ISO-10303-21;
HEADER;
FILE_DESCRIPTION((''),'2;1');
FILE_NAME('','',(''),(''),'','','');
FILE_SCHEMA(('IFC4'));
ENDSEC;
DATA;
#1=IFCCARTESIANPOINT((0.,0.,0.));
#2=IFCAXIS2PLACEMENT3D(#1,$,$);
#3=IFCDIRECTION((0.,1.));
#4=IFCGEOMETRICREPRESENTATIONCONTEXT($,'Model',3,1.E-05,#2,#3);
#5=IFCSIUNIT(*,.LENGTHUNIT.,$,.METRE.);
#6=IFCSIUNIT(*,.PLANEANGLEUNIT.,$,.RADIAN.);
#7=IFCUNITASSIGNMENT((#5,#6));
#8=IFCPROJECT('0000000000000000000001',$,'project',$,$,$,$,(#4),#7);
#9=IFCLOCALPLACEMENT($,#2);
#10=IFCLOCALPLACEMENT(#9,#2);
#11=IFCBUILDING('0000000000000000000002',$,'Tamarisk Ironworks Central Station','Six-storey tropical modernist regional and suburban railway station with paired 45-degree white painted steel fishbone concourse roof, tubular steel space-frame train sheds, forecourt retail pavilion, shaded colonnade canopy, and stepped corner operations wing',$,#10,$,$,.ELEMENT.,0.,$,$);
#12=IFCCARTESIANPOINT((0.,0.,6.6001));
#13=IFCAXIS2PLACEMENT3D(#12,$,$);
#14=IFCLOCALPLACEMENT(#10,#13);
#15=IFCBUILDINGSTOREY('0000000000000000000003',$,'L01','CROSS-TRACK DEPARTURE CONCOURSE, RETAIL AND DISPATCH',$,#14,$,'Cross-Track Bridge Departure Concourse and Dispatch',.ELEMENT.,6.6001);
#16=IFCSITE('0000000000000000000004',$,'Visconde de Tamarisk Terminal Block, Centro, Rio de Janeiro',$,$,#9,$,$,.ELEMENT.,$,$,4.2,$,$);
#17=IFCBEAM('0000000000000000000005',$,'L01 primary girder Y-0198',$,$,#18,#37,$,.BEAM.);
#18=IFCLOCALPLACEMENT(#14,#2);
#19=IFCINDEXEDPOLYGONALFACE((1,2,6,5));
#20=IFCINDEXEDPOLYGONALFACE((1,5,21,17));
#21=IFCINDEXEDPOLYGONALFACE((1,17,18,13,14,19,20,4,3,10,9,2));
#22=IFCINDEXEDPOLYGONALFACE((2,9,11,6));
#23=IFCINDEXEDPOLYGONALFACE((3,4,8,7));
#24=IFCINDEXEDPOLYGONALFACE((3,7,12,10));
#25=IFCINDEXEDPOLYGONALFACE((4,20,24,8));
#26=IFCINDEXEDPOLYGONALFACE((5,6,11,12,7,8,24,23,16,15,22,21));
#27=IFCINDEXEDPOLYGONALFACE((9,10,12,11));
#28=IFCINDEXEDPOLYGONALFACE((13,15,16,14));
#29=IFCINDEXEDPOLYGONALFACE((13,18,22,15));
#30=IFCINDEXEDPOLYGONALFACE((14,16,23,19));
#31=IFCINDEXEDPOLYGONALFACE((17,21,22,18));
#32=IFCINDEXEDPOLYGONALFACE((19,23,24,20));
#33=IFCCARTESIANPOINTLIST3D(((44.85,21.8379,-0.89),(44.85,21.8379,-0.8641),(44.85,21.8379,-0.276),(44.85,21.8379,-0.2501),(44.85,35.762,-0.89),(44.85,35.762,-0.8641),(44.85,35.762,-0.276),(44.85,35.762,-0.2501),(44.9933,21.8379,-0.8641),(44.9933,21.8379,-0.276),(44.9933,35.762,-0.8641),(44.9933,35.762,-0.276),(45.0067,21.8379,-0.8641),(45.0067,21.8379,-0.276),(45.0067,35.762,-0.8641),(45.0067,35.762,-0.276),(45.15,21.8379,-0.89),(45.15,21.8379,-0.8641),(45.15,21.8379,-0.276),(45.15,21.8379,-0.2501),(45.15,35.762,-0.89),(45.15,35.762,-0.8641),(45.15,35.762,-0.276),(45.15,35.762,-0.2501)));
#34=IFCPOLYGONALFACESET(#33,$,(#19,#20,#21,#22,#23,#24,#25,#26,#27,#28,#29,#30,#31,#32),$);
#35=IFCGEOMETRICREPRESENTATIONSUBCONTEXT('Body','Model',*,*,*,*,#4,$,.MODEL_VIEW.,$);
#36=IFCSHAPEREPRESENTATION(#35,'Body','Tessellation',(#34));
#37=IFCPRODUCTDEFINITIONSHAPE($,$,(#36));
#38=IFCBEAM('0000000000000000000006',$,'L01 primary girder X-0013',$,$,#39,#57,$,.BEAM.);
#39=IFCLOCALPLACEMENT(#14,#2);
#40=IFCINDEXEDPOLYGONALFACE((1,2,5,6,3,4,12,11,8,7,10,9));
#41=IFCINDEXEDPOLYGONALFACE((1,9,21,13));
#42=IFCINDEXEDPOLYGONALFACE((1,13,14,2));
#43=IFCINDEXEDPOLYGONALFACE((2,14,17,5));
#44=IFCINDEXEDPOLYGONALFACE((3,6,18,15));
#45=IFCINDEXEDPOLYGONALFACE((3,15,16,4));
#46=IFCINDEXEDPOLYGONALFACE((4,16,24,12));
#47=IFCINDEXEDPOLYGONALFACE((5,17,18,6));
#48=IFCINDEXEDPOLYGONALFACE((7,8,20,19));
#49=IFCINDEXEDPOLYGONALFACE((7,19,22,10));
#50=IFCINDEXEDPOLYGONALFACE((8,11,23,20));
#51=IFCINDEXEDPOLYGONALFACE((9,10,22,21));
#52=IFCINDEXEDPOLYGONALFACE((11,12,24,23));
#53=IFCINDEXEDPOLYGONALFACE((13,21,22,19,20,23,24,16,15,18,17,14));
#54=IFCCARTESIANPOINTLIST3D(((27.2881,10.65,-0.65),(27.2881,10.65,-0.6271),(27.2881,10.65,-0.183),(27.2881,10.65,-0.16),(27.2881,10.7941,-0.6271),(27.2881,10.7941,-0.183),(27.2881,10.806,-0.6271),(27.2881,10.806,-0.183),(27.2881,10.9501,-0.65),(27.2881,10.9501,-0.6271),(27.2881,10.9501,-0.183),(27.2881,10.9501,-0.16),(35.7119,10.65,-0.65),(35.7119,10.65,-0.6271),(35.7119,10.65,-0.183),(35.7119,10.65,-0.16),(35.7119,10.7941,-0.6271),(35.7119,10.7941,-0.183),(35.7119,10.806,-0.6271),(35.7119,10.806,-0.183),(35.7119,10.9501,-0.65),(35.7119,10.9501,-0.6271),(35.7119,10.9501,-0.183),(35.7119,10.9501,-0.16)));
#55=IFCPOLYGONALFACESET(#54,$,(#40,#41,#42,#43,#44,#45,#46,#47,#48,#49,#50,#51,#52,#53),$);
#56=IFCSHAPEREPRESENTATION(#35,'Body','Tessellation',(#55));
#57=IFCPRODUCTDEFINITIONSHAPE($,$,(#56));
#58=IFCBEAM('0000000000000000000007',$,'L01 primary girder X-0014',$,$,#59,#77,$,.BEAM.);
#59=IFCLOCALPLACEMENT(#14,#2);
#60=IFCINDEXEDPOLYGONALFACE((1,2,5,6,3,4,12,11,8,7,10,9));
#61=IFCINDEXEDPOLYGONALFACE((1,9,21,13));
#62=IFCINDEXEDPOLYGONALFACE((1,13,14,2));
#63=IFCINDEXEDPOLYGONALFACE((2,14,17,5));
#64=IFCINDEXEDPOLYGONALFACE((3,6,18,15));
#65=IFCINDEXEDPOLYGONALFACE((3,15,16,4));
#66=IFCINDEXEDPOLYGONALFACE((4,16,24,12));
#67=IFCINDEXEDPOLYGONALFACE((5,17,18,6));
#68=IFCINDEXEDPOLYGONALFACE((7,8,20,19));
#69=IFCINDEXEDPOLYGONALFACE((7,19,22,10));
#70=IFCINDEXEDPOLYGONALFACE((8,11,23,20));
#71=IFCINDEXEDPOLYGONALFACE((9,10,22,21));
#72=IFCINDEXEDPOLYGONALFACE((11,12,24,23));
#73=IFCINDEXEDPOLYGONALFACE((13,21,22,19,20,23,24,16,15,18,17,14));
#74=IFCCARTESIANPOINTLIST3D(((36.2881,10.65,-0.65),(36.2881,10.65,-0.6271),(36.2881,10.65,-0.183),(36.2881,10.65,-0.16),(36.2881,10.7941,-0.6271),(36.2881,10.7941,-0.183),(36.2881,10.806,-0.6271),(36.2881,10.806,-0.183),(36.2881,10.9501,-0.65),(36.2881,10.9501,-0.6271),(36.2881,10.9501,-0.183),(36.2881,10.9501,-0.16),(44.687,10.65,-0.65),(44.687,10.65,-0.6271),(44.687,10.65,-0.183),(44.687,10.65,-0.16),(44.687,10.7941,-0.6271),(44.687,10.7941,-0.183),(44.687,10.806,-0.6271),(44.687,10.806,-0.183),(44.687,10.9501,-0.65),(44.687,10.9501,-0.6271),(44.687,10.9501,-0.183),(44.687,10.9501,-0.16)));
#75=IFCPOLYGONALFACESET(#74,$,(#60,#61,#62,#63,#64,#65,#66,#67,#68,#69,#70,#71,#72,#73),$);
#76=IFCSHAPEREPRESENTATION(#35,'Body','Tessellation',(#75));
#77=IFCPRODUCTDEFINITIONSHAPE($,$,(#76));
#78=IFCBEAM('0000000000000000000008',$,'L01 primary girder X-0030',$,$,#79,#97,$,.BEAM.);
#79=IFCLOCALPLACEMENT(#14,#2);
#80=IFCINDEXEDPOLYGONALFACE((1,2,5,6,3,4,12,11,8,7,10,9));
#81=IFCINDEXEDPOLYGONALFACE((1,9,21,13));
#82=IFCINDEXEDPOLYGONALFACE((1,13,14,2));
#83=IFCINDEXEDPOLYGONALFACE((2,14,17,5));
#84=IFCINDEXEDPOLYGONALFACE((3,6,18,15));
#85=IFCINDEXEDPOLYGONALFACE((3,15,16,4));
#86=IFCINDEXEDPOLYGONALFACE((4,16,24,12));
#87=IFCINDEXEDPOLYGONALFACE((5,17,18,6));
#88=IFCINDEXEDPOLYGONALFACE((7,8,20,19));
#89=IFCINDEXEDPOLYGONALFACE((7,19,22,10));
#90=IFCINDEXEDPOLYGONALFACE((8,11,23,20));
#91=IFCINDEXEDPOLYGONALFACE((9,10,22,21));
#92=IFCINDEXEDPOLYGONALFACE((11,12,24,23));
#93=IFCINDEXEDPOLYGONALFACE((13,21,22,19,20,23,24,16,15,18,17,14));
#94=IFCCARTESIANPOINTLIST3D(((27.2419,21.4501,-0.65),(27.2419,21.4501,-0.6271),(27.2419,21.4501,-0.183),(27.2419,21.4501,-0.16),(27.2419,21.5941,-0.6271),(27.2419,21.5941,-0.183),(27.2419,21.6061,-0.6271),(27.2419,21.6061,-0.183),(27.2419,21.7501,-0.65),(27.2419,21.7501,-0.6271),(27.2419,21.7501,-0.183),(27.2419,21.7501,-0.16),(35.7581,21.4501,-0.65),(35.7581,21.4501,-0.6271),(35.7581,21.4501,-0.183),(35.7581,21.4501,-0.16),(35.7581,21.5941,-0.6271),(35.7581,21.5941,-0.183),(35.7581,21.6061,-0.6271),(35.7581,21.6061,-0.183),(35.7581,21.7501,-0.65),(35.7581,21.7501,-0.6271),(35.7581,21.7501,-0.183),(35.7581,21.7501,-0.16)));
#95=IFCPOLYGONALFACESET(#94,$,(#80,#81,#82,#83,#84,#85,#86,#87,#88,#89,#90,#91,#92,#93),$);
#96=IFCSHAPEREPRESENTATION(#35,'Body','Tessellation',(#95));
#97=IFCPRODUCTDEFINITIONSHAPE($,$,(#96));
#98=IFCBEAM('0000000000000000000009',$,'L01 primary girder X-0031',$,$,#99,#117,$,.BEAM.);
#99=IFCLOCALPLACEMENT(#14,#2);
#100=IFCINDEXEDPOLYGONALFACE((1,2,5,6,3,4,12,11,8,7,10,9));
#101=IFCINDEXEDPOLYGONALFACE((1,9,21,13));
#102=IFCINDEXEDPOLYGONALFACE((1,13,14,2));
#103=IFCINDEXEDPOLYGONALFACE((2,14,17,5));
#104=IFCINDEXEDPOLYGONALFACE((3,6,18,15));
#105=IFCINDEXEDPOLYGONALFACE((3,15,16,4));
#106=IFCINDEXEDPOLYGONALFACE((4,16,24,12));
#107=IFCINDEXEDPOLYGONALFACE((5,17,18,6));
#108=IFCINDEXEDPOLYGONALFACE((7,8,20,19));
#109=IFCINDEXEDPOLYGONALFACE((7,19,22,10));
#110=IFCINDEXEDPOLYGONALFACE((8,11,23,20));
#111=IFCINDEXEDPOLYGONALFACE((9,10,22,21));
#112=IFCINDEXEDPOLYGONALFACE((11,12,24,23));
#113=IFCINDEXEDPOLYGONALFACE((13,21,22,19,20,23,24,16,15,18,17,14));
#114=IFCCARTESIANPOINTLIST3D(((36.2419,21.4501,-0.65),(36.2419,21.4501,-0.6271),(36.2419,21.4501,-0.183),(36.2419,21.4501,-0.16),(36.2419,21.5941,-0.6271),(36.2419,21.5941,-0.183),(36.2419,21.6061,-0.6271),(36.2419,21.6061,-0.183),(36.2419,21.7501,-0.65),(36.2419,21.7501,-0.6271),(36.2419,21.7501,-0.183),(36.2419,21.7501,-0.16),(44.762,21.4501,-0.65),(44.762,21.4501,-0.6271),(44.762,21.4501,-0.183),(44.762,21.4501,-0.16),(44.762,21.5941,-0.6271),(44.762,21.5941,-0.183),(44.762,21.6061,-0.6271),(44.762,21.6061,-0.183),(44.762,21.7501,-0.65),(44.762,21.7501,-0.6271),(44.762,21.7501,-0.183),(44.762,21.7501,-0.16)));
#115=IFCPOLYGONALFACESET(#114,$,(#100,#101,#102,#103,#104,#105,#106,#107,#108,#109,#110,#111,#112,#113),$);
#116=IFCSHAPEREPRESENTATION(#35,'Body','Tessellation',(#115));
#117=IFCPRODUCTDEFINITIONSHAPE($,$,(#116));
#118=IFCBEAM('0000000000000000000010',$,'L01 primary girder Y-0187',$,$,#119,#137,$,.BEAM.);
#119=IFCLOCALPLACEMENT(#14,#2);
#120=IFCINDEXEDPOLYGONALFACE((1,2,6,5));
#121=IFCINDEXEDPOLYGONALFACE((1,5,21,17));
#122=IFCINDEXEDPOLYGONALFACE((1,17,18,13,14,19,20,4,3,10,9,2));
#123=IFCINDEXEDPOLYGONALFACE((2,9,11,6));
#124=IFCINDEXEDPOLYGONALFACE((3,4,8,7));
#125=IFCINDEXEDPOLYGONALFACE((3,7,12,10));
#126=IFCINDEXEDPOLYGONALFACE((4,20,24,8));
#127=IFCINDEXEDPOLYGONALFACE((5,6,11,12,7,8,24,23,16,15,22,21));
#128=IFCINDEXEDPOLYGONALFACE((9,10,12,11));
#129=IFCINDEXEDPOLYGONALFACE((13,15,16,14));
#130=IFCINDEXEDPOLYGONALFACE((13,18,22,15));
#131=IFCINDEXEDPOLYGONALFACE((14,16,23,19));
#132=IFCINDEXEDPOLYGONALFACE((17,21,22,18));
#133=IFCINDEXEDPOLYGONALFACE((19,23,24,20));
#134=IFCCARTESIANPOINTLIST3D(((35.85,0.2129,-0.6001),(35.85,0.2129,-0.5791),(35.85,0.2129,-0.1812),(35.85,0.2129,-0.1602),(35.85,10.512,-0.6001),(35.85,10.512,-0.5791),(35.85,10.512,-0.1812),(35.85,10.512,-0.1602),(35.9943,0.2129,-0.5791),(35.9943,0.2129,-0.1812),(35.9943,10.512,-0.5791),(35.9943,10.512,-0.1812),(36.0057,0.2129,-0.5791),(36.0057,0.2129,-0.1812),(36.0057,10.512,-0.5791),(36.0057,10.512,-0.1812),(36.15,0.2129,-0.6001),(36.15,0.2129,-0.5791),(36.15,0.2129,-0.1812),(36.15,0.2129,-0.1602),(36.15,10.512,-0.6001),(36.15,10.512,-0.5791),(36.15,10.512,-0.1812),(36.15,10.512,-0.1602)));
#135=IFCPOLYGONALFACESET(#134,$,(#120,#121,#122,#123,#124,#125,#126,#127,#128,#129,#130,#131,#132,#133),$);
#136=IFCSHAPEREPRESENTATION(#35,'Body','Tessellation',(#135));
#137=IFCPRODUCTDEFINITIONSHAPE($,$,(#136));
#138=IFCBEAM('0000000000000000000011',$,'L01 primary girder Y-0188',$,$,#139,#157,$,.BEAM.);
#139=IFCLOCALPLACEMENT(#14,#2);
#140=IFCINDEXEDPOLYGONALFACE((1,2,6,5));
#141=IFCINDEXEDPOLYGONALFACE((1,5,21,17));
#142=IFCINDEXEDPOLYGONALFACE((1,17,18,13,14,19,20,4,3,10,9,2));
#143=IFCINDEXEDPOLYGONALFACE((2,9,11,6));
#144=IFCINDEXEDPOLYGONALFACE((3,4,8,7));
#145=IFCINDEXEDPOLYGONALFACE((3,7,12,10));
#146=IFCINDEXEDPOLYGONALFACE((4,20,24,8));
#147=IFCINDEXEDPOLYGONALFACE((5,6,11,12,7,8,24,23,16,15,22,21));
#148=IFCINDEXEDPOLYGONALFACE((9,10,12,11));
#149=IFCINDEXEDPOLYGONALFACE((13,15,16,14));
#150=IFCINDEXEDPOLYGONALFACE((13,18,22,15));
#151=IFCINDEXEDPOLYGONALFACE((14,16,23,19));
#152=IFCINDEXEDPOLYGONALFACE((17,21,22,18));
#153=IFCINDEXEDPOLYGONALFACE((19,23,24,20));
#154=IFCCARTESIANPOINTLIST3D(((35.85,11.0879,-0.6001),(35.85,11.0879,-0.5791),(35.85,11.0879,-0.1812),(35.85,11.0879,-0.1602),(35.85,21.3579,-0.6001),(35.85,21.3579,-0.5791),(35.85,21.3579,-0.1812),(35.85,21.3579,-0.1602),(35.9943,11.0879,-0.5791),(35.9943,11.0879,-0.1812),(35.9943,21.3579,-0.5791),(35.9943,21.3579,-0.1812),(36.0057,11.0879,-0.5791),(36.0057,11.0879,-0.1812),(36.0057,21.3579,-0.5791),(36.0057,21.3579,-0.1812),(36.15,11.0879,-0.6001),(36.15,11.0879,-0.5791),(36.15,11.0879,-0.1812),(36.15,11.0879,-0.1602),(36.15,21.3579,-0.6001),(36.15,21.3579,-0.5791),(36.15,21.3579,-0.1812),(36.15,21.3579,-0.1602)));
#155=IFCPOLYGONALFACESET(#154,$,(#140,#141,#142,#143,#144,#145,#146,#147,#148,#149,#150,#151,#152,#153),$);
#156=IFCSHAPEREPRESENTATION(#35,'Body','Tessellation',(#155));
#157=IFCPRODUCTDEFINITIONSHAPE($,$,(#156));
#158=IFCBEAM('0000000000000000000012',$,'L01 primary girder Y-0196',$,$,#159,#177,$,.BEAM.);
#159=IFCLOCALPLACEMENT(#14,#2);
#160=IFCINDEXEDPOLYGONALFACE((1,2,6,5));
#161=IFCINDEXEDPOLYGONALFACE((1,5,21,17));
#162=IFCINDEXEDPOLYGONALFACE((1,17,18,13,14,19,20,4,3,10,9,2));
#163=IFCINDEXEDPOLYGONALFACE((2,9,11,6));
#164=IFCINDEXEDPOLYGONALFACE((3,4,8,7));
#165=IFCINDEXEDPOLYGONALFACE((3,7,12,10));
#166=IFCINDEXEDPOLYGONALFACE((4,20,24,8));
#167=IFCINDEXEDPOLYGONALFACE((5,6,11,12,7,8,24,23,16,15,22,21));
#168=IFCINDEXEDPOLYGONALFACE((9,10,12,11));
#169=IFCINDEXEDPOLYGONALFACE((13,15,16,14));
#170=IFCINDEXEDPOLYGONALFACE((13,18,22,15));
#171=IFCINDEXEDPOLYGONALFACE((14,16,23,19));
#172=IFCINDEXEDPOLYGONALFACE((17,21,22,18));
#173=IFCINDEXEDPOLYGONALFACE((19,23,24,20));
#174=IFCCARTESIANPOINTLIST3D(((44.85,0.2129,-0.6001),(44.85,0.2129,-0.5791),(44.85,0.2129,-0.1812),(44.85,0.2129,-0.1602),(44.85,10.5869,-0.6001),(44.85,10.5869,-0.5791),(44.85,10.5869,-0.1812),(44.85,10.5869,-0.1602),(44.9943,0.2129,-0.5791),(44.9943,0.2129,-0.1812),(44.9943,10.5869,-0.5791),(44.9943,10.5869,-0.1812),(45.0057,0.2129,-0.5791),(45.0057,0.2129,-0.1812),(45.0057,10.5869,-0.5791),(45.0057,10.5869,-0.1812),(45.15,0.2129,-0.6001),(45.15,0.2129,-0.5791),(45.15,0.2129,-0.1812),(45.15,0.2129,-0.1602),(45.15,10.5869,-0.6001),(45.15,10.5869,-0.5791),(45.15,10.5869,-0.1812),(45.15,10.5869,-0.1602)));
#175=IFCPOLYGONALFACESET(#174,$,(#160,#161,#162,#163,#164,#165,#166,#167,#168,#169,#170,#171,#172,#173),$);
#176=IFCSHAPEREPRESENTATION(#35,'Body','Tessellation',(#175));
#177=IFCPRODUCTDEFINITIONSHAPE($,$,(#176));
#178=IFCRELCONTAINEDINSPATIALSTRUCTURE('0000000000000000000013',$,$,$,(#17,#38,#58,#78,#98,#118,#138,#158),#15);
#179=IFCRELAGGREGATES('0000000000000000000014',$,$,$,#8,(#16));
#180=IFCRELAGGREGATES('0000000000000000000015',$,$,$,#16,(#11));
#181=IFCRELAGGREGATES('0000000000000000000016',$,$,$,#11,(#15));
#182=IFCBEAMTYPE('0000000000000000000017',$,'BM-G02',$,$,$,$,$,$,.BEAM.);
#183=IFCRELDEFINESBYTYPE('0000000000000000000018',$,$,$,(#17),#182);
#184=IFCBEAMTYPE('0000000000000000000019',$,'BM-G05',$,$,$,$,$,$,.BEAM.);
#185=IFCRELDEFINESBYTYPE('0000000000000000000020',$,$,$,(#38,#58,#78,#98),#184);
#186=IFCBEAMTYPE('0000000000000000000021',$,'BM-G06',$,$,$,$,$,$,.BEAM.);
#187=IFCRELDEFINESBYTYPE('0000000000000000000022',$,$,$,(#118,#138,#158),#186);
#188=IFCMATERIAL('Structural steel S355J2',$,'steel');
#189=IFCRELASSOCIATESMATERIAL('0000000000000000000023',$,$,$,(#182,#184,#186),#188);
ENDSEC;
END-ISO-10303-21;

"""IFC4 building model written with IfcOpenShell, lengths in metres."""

from ifc_helpers import new_model, si_unit, direction, frame, origin, origin_2d, place, context, subcontext, project, spatial, i_section, extrude, material, material_profile, profile_set, type_object, element, save


model = new_model("IFC4")

# Units and contexts
model_context = context("Model", 3, precision=1e-05, world=origin(), true_north=direction((0.0, 1.0)))
body_context = subcontext(model_context, "Body", "Model", "MODEL_VIEW")
ifc_project = project(units=[si_unit("LENGTHUNIT", "METRE"), si_unit("PLANEANGLEUNIT", "RADIAN")], contexts=[model_context])

# Site, building, storey
site_placement = place(None, origin())
site = spatial("IfcSite", under=ifc_project, at=site_placement, Name="Visconde de Tamarisk Terminal Block, Centro, Rio de Janeiro", CompositionType="ELEMENT", RefElevation=4.2)
building_placement = place(site_placement, origin())
building = spatial("IfcBuilding", under=site, at=building_placement, Name="Tamarisk Ironworks Central Station", Description="Six-storey tropical modernist regional and suburban railway station with paired 45-degree white painted steel fishbone concourse roof, tubular steel space-frame train sheds, forecourt retail pavilion, shaded colonnade canopy, and stepped corner operations wing", CompositionType="ELEMENT", ElevationOfRefHeight=0.0)
storey_placement = place(building_placement, frame((0.0, 0.0, 6.6001)))
storey = spatial("IfcBuildingStorey", under=building, at=storey_placement, Name="L01", Description="CROSS-TRACK DEPARTURE CONCOURSE, RETAIL AND DISPATCH", LongName="Cross-Track Bridge Departure Concourse and Dispatch", CompositionType="ELEMENT", Elevation=6.6001)

# Beams
ifc_material_1 = material(Name="Structural steel S355J2", Category="steel")
ifc_material_profile_1 = material_profile(ifc_material_1, i_section(OverallWidth=0.3, OverallDepth=0.6399, WebThickness=0.0134, FlangeThickness=0.0259, at=origin_2d()), Name="HEA 650")
ifc_profile_set_1 = profile_set([ifc_material_profile_1], Name="Structural steel S355J2")
beam_type_1 = type_object("IfcBeamType", Name="BM-G02", PredefinedType="BEAM", material=ifc_profile_set_1)
beam_1_placement = place(storey_placement, frame((45.0, 21.8379, -0.5701), z_axis=(0.0, 1.0, 0.0), x_axis=(-1.0, 0.0, 0.0)))
element("IfcBeam", 1, at=beam_1_placement, inside=storey, type_object=beam_type_1, Name="L01 primary girder Y-0198", PredefinedType="BEAM", context=body_context, shape_type="SweptSolid", body=[
    extrude(i_section(OverallWidth=0.3, OverallDepth=0.6399, WebThickness=0.0134, FlangeThickness=0.0259, at=origin_2d()), origin(), (0.0, 0.0, 1.0), 13.9241),
])
ifc_material_profile_2 = material_profile(ifc_material_1, i_section(OverallWidth=0.3, OverallDepth=0.49, WebThickness=0.012, FlangeThickness=0.0229, at=origin_2d()), Name="HEA 500")
ifc_profile_set_2 = profile_set([ifc_material_profile_2], Name="Structural steel S355J2")
beam_type_2 = type_object("IfcBeamType", Name="BM-G05", PredefinedType="BEAM", material=ifc_profile_set_2)
beam_2_placement = place(storey_placement, frame((27.2881, 10.8, -0.405), z_axis=(1.0, 0.0, 0.0), x_axis=(0.0, 1.0, 0.0)))
element("IfcBeam", 2, at=beam_2_placement, inside=storey, type_object=beam_type_2, Name="L01 primary girder X-0013", PredefinedType="BEAM", context=body_context, shape_type="SweptSolid", body=[
    extrude(i_section(OverallWidth=0.3, OverallDepth=0.49, WebThickness=0.012, FlangeThickness=0.0229, at=origin_2d()), origin(), (0.0, 0.0, 1.0), 8.4238),
])
beam_3_placement = place(storey_placement, frame((36.2881, 10.8, -0.405), z_axis=(1.0, 0.0, 0.0), x_axis=(0.0, 1.0, 0.0)))
element("IfcBeam", 3, at=beam_3_placement, inside=storey, type_object=beam_type_2, Name="L01 primary girder X-0014", PredefinedType="BEAM", context=body_context, shape_type="SweptSolid", body=[
    extrude(i_section(OverallWidth=0.3, OverallDepth=0.49, WebThickness=0.012, FlangeThickness=0.0229, at=origin_2d()), origin(), (0.0, 0.0, 1.0), 8.3989),
])
beam_4_placement = place(storey_placement, frame((27.2419, 21.6001, -0.405), z_axis=(1.0, 0.0, 0.0), x_axis=(0.0, 1.0, 0.0)))
element("IfcBeam", 4, at=beam_4_placement, inside=storey, type_object=beam_type_2, Name="L01 primary girder X-0030", PredefinedType="BEAM", context=body_context, shape_type="SweptSolid", body=[
    extrude(i_section(OverallWidth=0.3, OverallDepth=0.49, WebThickness=0.012, FlangeThickness=0.0229, at=origin_2d()), origin(), (0.0, 0.0, 1.0), 8.5161),
])
beam_5_placement = place(storey_placement, frame((36.2419, 21.6001, -0.405), z_axis=(1.0, 0.0, 0.0), x_axis=(0.0, 1.0, 0.0)))
element("IfcBeam", 5, at=beam_5_placement, inside=storey, type_object=beam_type_2, Name="L01 primary girder X-0031", PredefinedType="BEAM", context=body_context, shape_type="SweptSolid", body=[
    extrude(i_section(OverallWidth=0.3, OverallDepth=0.49, WebThickness=0.012, FlangeThickness=0.0229, at=origin_2d()), origin(), (0.0, 0.0, 1.0), 8.52),
])
ifc_material_profile_3 = material_profile(ifc_material_1, i_section(OverallWidth=0.3, OverallDepth=0.4399, WebThickness=0.0115, FlangeThickness=0.021, at=origin_2d()), Name="HEA 450")
ifc_profile_set_3 = profile_set([ifc_material_profile_3], Name="Structural steel S355J2")
beam_type_3 = type_object("IfcBeamType", Name="BM-G06", PredefinedType="BEAM", material=ifc_profile_set_3)
beam_6_placement = place(storey_placement, frame((36.0, 0.2129, -0.3801), z_axis=(0.0, 1.0, 0.0), x_axis=(-1.0, 0.0, 0.0)))
element("IfcBeam", 6, at=beam_6_placement, inside=storey, type_object=beam_type_3, Name="L01 primary girder Y-0187", PredefinedType="BEAM", context=body_context, shape_type="SweptSolid", body=[
    extrude(i_section(OverallWidth=0.3, OverallDepth=0.4399, WebThickness=0.0115, FlangeThickness=0.021, at=origin_2d()), origin(), (0.0, 0.0, 1.0), 10.2991),
])
beam_7_placement = place(storey_placement, frame((36.0, 11.0879, -0.3801), z_axis=(0.0, 1.0, 0.0), x_axis=(-1.0, 0.0, 0.0)))
element("IfcBeam", 7, at=beam_7_placement, inside=storey, type_object=beam_type_3, Name="L01 primary girder Y-0188", PredefinedType="BEAM", context=body_context, shape_type="SweptSolid", body=[
    extrude(i_section(OverallWidth=0.3, OverallDepth=0.4399, WebThickness=0.0115, FlangeThickness=0.021, at=origin_2d()), origin(), (0.0, 0.0, 1.0), 10.27),
])
beam_8_placement = place(storey_placement, frame((45.0, 0.2129, -0.3801), z_axis=(0.0, 1.0, 0.0), x_axis=(-1.0, 0.0, 0.0)))
element("IfcBeam", 8, at=beam_8_placement, inside=storey, type_object=beam_type_3, Name="L01 primary girder Y-0196", PredefinedType="BEAM", context=body_context, shape_type="SweptSolid", body=[
    extrude(i_section(OverallWidth=0.3, OverallDepth=0.4399, WebThickness=0.0115, FlangeThickness=0.021, at=origin_2d()), origin(), (0.0, 0.0, 1.0), 10.374),
])

save(model, "model.ifc")
